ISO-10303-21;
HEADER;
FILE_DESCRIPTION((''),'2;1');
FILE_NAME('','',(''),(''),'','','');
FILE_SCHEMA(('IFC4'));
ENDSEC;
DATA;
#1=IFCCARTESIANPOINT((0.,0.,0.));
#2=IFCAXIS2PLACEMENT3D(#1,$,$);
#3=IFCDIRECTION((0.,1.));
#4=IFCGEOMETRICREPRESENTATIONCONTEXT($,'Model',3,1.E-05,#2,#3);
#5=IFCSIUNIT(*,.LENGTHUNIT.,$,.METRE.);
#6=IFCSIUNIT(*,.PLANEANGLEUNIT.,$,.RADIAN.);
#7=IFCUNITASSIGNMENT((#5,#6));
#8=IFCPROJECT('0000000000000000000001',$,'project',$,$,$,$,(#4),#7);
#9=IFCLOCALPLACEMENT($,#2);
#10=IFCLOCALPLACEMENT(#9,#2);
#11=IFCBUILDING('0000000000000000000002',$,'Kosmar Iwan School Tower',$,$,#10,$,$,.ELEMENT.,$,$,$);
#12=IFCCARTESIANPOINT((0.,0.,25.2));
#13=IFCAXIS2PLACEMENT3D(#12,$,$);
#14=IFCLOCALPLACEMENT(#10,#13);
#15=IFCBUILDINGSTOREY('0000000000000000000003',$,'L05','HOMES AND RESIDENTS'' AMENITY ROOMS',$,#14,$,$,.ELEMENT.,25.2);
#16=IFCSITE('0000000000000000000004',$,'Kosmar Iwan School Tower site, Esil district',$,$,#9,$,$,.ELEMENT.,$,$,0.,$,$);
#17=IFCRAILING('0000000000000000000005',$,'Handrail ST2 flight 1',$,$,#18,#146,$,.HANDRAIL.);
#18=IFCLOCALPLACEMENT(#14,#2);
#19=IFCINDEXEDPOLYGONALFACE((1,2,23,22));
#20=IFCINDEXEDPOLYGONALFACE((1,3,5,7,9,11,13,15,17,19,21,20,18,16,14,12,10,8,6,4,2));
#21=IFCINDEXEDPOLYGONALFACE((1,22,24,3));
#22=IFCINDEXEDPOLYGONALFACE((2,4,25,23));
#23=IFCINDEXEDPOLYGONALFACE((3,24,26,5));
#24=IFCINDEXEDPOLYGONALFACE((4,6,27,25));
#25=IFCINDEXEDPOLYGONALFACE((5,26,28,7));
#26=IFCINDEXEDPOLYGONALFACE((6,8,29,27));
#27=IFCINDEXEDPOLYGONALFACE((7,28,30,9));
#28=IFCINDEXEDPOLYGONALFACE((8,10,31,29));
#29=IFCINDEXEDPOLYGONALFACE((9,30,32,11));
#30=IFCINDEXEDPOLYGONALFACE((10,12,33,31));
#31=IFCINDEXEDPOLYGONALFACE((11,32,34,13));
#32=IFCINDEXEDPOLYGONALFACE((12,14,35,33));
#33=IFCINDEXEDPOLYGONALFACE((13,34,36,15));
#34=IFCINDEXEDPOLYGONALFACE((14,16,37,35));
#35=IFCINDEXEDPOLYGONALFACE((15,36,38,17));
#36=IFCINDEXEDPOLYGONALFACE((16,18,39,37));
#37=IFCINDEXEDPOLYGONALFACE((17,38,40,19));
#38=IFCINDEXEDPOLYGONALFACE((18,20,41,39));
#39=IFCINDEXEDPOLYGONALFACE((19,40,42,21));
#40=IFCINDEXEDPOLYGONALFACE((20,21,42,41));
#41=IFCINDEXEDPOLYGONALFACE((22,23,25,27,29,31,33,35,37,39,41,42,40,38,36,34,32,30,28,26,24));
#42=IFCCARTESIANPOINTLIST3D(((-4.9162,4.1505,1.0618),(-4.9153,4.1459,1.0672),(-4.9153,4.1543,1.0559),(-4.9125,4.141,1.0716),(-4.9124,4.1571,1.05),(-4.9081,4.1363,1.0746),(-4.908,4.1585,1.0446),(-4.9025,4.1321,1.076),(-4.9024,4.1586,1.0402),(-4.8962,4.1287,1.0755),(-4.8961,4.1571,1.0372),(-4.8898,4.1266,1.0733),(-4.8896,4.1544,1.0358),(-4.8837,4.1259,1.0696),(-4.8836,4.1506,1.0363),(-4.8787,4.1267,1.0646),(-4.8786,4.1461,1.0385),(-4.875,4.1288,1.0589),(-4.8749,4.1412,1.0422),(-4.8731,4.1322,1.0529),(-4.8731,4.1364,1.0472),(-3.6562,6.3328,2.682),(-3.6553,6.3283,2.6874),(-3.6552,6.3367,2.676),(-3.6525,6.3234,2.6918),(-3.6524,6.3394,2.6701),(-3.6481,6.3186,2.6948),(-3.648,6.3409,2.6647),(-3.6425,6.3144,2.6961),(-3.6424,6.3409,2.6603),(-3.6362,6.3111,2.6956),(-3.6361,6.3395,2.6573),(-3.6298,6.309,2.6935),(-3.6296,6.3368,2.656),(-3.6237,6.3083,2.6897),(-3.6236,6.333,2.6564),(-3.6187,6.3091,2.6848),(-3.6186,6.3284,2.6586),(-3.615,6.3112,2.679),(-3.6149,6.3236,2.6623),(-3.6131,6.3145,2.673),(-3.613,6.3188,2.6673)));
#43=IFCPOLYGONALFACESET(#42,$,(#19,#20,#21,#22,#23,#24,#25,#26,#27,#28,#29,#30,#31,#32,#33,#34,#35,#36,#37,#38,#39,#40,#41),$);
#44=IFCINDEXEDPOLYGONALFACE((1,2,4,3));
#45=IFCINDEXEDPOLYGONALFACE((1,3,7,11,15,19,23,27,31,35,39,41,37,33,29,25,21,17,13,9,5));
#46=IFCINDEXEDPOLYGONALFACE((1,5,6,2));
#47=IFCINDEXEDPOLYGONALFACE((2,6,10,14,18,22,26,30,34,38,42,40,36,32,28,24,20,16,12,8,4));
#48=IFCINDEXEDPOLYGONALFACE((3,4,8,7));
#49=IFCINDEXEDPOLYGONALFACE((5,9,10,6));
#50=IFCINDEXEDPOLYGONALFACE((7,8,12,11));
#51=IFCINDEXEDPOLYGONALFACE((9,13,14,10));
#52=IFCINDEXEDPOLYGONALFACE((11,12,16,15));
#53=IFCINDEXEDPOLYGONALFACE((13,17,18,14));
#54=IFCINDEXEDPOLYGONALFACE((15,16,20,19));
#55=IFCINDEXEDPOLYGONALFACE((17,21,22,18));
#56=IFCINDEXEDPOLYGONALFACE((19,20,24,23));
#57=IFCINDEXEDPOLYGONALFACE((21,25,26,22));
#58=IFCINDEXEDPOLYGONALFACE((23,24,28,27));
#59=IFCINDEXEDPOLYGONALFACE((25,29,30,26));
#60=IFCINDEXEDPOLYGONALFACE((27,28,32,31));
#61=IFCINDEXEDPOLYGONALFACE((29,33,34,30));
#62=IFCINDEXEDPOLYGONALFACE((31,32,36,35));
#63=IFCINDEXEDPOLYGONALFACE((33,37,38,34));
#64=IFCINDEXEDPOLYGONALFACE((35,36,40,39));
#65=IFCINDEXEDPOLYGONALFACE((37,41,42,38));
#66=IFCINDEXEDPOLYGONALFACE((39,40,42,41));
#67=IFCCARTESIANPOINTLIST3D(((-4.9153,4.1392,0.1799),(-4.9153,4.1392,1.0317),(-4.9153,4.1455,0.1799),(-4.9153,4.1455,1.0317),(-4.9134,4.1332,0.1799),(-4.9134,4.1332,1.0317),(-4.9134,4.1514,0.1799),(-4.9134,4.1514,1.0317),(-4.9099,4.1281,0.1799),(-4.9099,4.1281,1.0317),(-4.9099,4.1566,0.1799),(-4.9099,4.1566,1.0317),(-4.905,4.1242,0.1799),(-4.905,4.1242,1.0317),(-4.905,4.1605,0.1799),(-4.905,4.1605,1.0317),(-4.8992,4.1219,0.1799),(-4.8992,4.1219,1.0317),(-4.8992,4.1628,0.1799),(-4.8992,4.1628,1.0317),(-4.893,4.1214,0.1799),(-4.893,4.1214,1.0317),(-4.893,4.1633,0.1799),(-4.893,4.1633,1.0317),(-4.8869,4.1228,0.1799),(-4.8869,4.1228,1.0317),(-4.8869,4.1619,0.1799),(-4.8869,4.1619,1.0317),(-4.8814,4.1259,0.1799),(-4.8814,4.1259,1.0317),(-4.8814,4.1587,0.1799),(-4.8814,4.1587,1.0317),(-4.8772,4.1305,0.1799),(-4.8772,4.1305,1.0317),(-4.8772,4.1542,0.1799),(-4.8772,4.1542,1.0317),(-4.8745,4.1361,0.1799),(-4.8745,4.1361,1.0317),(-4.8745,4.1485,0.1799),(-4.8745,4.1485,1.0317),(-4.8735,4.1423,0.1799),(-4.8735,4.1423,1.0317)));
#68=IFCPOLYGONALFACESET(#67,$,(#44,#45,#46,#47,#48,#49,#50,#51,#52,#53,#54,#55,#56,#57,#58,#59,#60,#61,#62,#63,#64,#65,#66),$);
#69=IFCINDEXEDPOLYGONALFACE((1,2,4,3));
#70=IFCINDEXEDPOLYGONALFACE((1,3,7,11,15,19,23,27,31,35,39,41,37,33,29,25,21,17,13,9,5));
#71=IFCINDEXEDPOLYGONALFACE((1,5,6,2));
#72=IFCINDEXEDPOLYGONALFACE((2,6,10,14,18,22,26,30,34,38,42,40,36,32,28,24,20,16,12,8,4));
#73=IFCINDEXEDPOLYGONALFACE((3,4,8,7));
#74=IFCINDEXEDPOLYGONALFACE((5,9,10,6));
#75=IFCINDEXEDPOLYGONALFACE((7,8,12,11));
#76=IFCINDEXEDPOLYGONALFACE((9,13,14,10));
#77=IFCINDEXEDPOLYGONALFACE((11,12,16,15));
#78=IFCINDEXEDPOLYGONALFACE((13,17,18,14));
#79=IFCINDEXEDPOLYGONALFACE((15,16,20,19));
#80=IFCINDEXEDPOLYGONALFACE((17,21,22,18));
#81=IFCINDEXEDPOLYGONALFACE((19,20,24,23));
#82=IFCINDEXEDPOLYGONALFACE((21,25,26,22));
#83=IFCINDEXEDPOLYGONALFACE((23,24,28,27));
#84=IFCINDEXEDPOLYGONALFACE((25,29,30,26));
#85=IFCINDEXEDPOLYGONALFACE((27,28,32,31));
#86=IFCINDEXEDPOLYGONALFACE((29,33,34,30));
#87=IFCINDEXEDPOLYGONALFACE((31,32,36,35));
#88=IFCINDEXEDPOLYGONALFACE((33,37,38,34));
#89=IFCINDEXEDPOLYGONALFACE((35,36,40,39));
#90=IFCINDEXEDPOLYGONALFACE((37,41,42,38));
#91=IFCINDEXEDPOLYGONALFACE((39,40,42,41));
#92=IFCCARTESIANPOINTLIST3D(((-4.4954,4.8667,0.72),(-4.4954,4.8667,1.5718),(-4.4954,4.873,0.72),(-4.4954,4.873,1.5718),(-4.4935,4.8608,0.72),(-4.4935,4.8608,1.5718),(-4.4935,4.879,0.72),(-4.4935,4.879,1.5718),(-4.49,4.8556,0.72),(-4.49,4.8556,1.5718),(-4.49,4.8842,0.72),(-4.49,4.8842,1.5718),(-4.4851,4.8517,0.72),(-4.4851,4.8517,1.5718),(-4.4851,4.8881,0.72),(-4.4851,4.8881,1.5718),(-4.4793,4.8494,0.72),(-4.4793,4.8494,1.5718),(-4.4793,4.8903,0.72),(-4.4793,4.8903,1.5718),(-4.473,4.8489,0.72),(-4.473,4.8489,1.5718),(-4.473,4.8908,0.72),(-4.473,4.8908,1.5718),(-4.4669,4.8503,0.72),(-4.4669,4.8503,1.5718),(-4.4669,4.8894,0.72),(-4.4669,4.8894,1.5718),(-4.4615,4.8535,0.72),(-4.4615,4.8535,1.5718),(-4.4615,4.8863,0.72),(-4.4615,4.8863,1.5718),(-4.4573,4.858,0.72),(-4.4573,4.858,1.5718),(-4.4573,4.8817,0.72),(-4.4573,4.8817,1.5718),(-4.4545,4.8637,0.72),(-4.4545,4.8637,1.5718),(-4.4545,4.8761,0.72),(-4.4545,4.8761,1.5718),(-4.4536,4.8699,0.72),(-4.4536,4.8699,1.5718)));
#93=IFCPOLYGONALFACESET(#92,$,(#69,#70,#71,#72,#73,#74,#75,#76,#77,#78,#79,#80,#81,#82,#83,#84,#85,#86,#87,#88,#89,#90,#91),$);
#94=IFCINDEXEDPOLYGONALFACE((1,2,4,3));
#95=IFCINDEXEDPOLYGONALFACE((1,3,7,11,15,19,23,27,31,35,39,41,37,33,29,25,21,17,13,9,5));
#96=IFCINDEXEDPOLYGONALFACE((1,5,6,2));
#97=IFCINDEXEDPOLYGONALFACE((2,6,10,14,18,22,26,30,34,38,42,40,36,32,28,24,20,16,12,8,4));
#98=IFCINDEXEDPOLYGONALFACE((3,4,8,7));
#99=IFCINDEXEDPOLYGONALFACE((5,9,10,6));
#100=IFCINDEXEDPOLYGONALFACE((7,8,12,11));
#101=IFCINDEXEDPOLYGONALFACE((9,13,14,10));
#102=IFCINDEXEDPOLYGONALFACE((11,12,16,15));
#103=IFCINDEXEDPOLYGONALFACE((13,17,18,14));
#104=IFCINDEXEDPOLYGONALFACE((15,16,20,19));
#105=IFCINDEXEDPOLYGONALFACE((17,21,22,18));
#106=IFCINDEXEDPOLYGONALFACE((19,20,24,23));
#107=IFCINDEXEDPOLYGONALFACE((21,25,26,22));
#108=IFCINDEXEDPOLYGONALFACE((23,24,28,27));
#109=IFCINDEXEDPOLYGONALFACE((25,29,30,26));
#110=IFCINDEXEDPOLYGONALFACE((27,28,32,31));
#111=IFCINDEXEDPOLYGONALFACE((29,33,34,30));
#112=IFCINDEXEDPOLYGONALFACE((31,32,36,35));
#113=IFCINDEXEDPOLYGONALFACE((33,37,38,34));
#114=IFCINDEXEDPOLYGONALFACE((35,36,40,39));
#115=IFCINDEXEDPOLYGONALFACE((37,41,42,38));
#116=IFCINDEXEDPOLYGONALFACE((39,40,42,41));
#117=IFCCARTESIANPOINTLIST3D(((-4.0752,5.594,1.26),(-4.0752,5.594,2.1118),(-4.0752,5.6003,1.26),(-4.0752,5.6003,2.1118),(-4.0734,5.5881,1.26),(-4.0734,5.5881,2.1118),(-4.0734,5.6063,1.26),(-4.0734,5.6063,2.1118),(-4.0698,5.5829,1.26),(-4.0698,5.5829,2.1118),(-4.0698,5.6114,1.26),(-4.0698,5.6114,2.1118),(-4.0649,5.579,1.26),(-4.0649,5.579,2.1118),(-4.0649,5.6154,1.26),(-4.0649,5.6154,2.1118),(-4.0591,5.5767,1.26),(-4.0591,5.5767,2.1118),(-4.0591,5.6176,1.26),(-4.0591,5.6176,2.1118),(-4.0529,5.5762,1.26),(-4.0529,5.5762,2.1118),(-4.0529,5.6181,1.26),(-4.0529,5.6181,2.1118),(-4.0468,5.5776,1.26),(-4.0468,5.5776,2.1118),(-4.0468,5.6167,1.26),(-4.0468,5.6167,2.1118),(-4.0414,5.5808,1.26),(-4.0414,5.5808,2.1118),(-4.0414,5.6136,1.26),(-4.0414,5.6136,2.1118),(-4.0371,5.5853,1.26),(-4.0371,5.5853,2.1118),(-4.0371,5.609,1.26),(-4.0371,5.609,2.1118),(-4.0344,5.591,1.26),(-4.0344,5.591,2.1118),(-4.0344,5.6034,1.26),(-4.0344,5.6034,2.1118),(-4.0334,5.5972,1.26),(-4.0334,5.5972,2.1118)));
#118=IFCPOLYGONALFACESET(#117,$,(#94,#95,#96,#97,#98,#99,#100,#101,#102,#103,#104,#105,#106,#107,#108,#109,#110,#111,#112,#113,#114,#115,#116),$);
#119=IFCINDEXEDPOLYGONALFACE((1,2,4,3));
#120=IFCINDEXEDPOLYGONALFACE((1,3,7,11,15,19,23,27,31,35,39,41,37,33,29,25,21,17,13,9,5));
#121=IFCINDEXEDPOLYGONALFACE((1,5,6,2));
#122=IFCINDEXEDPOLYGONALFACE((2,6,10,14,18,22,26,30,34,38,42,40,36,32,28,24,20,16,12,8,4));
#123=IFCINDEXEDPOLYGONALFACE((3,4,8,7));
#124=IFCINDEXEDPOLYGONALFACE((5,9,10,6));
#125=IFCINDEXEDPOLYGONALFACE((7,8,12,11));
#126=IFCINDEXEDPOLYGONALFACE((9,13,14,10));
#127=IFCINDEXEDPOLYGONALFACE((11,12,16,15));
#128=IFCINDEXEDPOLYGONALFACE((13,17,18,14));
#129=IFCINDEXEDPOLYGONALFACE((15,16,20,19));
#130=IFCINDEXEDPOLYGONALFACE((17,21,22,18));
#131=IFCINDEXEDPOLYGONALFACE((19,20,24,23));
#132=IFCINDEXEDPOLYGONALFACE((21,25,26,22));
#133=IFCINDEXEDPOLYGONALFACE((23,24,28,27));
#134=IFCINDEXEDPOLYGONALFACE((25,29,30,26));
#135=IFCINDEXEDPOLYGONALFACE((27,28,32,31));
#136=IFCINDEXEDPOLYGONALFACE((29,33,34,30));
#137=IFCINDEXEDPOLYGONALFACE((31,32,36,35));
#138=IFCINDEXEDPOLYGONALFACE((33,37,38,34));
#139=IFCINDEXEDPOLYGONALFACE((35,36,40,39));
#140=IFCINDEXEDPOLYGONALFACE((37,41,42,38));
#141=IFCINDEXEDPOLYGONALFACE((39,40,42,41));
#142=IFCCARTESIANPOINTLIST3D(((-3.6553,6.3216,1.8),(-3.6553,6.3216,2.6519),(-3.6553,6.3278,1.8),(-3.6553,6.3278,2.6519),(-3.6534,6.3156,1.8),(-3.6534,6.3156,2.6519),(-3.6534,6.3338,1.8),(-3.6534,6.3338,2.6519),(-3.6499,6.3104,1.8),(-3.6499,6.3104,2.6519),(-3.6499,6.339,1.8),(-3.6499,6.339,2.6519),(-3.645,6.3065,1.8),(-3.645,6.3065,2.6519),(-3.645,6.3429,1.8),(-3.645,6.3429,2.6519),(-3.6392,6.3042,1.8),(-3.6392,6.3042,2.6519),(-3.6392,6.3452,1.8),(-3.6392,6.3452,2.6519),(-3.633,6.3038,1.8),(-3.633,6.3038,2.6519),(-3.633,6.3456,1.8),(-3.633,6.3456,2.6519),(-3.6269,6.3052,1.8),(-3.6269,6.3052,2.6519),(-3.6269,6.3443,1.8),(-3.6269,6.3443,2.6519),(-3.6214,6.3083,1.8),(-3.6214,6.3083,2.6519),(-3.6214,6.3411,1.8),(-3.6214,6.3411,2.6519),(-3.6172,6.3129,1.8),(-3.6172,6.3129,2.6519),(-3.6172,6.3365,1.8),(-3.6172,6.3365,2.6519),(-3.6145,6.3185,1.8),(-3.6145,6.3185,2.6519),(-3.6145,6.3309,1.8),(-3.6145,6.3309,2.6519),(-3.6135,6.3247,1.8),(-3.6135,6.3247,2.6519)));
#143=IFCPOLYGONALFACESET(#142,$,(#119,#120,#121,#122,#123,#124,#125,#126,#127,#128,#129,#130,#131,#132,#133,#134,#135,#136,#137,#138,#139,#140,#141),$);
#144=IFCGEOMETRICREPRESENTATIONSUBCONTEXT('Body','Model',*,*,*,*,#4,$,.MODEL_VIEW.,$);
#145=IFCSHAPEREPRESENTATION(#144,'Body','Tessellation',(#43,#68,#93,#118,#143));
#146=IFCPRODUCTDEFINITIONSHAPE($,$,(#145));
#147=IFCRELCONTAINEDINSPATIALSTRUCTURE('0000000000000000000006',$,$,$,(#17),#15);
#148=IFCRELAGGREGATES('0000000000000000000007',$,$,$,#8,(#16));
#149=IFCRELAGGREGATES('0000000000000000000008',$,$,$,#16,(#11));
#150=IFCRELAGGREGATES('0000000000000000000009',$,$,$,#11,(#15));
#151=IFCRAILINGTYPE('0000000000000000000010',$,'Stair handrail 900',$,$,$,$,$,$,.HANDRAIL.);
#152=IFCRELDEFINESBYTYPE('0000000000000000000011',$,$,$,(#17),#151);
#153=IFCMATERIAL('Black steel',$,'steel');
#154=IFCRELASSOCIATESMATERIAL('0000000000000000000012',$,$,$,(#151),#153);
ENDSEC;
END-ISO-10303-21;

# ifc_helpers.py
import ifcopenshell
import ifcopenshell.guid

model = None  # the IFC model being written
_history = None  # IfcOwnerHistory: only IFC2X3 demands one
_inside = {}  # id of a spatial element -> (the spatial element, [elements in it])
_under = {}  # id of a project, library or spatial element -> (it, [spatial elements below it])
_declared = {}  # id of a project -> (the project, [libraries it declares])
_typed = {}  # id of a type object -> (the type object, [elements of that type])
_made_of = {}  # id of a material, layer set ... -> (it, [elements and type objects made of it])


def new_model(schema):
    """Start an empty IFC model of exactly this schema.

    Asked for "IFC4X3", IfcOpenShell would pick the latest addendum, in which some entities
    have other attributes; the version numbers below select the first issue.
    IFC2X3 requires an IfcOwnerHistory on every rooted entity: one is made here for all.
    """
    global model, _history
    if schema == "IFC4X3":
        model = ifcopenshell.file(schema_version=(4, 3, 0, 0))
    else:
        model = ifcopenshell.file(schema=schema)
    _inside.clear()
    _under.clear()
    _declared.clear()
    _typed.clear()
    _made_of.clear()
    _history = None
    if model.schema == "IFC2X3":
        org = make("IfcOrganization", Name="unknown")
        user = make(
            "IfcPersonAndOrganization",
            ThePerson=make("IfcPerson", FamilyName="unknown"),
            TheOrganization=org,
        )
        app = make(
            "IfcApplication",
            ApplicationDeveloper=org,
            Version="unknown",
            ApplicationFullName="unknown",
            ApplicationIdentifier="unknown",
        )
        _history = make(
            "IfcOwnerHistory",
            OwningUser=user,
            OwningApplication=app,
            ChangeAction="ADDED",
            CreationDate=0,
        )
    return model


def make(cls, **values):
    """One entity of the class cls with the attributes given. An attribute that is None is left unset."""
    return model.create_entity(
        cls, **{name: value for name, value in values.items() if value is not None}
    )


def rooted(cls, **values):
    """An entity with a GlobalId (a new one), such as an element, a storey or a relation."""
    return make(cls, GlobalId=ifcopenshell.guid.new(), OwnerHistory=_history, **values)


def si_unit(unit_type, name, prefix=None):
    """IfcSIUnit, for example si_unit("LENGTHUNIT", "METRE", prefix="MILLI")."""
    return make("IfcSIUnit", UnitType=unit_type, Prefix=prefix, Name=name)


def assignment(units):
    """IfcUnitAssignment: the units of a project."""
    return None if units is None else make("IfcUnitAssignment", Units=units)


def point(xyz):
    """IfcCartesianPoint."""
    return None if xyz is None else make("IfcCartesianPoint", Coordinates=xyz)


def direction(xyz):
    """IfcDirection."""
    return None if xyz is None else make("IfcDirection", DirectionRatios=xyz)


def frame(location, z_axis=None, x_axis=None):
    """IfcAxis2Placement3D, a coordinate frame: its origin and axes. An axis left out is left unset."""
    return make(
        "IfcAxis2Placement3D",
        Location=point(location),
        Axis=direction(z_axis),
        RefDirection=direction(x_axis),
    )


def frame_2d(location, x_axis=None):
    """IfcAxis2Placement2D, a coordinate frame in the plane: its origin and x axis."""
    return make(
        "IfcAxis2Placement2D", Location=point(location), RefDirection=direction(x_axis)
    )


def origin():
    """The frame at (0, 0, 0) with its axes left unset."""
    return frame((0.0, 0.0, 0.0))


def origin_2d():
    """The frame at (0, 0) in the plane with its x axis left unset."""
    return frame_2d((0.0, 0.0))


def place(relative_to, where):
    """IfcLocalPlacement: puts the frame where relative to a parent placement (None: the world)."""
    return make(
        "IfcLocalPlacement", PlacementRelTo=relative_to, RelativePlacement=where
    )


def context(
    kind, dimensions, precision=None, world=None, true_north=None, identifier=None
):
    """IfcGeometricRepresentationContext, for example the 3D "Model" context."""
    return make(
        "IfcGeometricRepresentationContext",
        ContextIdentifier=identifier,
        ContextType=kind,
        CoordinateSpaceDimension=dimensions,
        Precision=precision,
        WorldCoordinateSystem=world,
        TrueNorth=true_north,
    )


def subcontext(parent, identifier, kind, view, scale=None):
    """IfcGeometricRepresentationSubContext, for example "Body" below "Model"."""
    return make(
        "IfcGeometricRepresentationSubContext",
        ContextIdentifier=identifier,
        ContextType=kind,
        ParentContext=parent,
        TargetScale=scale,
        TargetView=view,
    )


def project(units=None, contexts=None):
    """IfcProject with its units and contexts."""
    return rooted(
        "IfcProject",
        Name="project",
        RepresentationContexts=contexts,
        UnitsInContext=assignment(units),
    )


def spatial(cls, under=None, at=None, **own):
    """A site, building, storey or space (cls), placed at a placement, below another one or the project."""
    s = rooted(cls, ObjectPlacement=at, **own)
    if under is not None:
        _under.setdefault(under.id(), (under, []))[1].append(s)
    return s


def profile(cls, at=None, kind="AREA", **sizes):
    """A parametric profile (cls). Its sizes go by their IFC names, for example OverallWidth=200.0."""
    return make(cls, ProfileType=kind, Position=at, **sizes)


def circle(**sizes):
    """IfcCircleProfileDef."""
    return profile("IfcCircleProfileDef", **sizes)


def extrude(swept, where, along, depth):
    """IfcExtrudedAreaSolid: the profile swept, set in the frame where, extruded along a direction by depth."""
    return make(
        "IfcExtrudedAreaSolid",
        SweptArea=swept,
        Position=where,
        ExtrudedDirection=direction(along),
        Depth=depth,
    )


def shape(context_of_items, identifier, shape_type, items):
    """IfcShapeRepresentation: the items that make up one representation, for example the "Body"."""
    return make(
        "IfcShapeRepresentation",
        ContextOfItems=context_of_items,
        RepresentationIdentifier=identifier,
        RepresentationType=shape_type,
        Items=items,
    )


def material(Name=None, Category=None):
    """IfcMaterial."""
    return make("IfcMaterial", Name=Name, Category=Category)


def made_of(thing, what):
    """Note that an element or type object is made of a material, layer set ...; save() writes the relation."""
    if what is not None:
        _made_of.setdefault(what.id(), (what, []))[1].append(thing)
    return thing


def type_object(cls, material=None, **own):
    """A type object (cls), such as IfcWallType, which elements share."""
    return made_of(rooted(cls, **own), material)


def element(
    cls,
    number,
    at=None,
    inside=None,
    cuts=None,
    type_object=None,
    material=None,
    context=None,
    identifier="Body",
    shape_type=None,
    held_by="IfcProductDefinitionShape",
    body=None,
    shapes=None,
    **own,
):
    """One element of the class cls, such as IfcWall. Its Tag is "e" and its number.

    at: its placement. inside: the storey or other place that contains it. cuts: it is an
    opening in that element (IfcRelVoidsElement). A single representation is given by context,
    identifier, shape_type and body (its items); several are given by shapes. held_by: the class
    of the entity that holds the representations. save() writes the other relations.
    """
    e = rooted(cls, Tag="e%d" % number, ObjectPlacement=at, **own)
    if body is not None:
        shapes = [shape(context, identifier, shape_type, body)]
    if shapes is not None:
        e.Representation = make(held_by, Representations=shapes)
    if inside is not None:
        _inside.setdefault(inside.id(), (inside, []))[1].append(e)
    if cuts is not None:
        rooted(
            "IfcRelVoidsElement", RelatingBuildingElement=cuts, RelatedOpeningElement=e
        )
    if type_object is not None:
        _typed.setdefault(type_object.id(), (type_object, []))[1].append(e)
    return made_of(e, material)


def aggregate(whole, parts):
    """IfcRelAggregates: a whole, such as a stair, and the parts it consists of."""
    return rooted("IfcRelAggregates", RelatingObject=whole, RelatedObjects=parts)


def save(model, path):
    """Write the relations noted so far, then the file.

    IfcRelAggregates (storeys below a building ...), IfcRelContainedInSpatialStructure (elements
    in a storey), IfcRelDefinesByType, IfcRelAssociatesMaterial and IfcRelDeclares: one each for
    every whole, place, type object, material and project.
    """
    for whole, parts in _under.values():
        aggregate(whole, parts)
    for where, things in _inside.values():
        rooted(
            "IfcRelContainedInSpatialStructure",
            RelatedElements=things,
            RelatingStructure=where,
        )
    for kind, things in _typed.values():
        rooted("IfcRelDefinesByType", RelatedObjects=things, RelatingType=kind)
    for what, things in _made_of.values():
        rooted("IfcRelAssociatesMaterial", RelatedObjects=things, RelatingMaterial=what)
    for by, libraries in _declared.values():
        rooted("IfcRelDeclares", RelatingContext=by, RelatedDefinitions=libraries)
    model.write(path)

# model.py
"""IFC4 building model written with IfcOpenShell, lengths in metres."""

from ifc_helpers import new_model, si_unit, direction, frame, origin, origin_2d, place, context, subcontext, project, spatial, circle, extrude, material, type_object, element, save


model = new_model("IFC4")

# Units and contexts
model_context = context("Model", 3, precision=1e-05, world=origin(), true_north=direction((0.0, 1.0)))
body_context = subcontext(model_context, "Body", "Model", "MODEL_VIEW")
ifc_project = project(units=[si_unit("LENGTHUNIT", "METRE"), si_unit("PLANEANGLEUNIT", "RADIAN")], contexts=[model_context])

# Site, building, storey
site_placement = place(None, origin())
site = spatial("IfcSite", under=ifc_project, at=site_placement, Name="Kosmar Iwan School Tower site, Esil district", CompositionType="ELEMENT", RefElevation=0.0)
building_placement = place(site_placement, origin())
building = spatial("IfcBuilding", under=site, at=building_placement, Name="Kosmar Iwan School Tower", CompositionType="ELEMENT")
storey_placement = place(building_placement, frame((0.0, 0.0, 25.2)))
storey = spatial("IfcBuildingStorey", under=building, at=storey_placement, Name="L05", Description="HOMES AND RESIDENTS' AMENITY ROOMS", CompositionType="ELEMENT", Elevation=25.2)

# Railing
ifc_material_1 = material(Name="Black steel", Category="steel")
railing_type = type_object("IfcRailingType", Name="Stair handrail 900", PredefinedType="HANDRAIL", material=ifc_material_1)
railing_1_placement = place(storey_placement, frame((-4.8945, 4.1423, 0.1799)))
element("IfcRailing", 1, at=railing_1_placement, inside=storey, type_object=railing_type, Name="Handrail ST2 flight 1", PredefinedType="HANDRAIL", context=body_context, shape_type="SweptSolid", body=[
    extrude(circle(Radius=0.0239, at=origin_2d()), frame((0.0, 0.0, 0.876), z_axis=(0.420584, 0.728464, 0.540786), x_axis=(-0.866023, 0.500005, 0.0)), (0.0, 0.0, 1.0), 2.9958),
    extrude(circle(Radius=0.021, at=origin_2d()), origin(), (0.0, 0.0, 1.0), 0.8518),
    extrude(circle(Radius=0.021, at=origin_2d()), frame((0.4199, 0.7275, 0.54)), (0.0, 0.0, 1.0), 0.8518),
    extrude(circle(Radius=0.021, at=origin_2d()), frame((0.8401, 1.4548, 1.0801)), (0.0, 0.0, 1.0), 0.8518),
    extrude(circle(Radius=0.021, at=origin_2d()), frame((1.26, 2.1824, 1.6201)), (0.0, 0.0, 1.0), 0.8518),
])

save(model, "model.ifc")
